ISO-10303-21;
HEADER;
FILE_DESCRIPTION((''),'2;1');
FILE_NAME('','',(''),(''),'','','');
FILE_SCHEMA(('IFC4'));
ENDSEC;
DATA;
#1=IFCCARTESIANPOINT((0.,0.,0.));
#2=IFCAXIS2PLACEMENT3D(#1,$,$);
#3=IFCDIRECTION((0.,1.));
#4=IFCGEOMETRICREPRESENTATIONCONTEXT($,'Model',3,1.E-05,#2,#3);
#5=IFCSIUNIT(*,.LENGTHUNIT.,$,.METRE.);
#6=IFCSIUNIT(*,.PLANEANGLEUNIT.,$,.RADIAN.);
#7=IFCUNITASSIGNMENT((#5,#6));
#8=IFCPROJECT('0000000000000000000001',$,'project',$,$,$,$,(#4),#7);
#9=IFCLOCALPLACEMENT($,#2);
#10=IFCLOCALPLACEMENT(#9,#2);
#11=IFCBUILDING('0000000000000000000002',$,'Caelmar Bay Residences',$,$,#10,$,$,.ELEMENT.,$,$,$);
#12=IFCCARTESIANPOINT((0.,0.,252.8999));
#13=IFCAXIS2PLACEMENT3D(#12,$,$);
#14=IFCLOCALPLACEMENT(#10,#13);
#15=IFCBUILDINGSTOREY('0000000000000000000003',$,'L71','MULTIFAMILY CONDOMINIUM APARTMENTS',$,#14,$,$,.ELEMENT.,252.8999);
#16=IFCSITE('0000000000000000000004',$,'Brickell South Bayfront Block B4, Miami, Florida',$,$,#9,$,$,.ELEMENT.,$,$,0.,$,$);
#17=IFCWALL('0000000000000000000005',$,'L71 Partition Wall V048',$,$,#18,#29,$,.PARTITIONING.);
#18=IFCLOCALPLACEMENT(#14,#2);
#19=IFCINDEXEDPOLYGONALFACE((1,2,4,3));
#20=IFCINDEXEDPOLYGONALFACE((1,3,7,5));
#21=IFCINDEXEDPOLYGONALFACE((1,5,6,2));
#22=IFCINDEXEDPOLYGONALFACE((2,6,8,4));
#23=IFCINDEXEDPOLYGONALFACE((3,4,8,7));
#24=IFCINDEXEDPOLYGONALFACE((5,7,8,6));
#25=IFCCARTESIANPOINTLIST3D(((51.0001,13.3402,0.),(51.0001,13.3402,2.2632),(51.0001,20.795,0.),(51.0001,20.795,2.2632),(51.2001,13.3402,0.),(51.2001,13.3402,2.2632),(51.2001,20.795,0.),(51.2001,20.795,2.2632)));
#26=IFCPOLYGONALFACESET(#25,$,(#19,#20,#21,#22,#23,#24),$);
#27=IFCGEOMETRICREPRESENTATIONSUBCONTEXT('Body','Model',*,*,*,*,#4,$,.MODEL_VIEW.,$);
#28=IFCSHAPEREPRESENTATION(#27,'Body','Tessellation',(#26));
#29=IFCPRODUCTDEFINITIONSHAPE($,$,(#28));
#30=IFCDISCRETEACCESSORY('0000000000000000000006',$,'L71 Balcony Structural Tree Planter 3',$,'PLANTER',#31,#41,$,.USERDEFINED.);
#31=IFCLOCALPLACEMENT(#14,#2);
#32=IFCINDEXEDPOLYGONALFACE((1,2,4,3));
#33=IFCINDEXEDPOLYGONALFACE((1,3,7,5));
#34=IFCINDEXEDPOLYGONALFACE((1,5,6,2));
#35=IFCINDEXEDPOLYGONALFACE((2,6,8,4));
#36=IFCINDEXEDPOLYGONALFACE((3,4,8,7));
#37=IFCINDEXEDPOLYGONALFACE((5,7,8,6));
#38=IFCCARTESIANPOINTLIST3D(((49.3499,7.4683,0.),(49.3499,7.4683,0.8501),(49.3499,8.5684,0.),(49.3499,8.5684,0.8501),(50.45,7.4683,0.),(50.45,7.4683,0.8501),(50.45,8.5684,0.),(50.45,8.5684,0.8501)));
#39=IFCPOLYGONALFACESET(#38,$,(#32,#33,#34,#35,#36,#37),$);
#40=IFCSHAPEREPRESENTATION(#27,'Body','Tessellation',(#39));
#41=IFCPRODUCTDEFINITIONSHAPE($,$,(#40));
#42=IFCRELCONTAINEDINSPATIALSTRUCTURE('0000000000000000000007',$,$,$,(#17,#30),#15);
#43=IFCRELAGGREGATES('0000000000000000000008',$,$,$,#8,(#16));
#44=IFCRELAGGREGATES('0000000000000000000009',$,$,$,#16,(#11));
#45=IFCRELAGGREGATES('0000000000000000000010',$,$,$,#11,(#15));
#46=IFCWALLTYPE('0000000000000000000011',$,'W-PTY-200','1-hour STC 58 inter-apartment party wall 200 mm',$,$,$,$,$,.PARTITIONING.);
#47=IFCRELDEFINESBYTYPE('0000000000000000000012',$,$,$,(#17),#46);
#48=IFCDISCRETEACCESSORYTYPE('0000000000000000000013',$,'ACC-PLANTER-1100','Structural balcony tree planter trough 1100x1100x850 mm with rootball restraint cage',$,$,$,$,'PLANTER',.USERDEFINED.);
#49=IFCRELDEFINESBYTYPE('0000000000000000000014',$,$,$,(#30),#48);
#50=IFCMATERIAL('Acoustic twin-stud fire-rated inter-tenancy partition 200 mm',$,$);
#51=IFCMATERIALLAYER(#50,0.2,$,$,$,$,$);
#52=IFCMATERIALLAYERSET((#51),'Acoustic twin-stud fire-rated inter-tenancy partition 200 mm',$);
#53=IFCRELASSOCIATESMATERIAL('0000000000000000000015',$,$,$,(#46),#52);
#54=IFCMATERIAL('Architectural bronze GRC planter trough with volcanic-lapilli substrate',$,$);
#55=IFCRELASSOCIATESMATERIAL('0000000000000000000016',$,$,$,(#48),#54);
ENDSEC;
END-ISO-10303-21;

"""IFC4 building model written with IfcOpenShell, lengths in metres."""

from ifc_helpers import new_model, si_unit, direction, frame, frame_2d, origin, origin_2d, place, context, subcontext, project, spatial, rectangle, extrude, material, layer, layer_set, type_object, element, save


model = new_model("IFC4")

# Units and contexts
model_context = context("Model", 3, precision=1e-05, world=origin(), true_north=direction((0.0, 1.0)))
body_context = subcontext(model_context, "Body", "Model", "MODEL_VIEW")
ifc_project = project(units=[si_unit("LENGTHUNIT", "METRE"), si_unit("PLANEANGLEUNIT", "RADIAN")], contexts=[model_context])

# Site, building, storey
site_placement = place(None, origin())
site = spatial("IfcSite", under=ifc_project, at=site_placement, Name="Brickell South Bayfront Block B4, Miami, Florida", CompositionType="ELEMENT", RefElevation=0.0)
building_placement = place(site_placement, origin())
building = spatial("IfcBuilding", under=site, at=building_placement, Name="Caelmar Bay Residences", CompositionType="ELEMENT")
storey_placement = place(building_placement, frame((0.0, 0.0, 252.8999)))
storey = spatial("IfcBuildingStorey", under=building, at=storey_placement, Name="L71", Description="MULTIFAMILY CONDOMINIUM APARTMENTS", CompositionType="ELEMENT", Elevation=252.8999)

# Wall
ifc_material_1 = material(Name="Acoustic twin-stud fire-rated inter-tenancy partition 200 mm")
ifc_layer_1 = layer(ifc_material_1, 0.2)
ifc_layer_set_1 = layer_set([ifc_layer_1], Name="Acoustic twin-stud fire-rated inter-tenancy partition 200 mm")
wall_type_1 = type_object("IfcWallType", Name="W-PTY-200", Description="1-hour STC 58 inter-apartment party wall 200 mm", PredefinedType="PARTITIONING", material=ifc_layer_set_1)
wall_1_placement = place(storey_placement, frame((51.1001, 13.3401, 0.0), z_axis=(0.0, 0.0, 1.0), x_axis=(0.0, 1.0, 0.0)))
element("IfcWall", 1, at=wall_1_placement, inside=storey, type_object=wall_type_1, Name="L71 Partition Wall V048", PredefinedType="PARTITIONING", context=body_context, shape_type="SweptSolid", body=[
    extrude(rectangle(XDim=7.4548, YDim=0.2, at=frame_2d((3.7275, 0.0))), origin(), (0.0, 0.0, 1.0), 2.2632),
])

# Discrete accessory
ifc_material_2 = material(Name="Architectural bronze GRC planter trough with volcanic-lapilli substrate")
discrete_accessory_type = type_object("IfcDiscreteAccessoryType", Name="ACC-PLANTER-1100", Description="Structural balcony tree planter trough 1100x1100x850 mm with rootball restraint cage", ElementType="PLANTER", PredefinedType="USERDEFINED", material=ifc_material_2)
discrete_accessory_placement = place(storey_placement, frame((49.8999, 8.0183, 0.0), z_axis=(0.0, 0.0, 1.0), x_axis=(1.0, 0.0, 0.0)))
element("IfcDiscreteAccessory", 2, at=discrete_accessory_placement, inside=storey, type_object=discrete_accessory_type, Name="L71 Balcony Structural Tree Planter 3", ObjectType="PLANTER", PredefinedType="USERDEFINED", context=body_context, shape_type="SweptSolid", body=[
    extrude(rectangle(XDim=1.1001, YDim=1.1001, at=origin_2d()), origin(), (0.0, 0.0, 1.0), 0.8501),
])

save(model, "model.ifc")
